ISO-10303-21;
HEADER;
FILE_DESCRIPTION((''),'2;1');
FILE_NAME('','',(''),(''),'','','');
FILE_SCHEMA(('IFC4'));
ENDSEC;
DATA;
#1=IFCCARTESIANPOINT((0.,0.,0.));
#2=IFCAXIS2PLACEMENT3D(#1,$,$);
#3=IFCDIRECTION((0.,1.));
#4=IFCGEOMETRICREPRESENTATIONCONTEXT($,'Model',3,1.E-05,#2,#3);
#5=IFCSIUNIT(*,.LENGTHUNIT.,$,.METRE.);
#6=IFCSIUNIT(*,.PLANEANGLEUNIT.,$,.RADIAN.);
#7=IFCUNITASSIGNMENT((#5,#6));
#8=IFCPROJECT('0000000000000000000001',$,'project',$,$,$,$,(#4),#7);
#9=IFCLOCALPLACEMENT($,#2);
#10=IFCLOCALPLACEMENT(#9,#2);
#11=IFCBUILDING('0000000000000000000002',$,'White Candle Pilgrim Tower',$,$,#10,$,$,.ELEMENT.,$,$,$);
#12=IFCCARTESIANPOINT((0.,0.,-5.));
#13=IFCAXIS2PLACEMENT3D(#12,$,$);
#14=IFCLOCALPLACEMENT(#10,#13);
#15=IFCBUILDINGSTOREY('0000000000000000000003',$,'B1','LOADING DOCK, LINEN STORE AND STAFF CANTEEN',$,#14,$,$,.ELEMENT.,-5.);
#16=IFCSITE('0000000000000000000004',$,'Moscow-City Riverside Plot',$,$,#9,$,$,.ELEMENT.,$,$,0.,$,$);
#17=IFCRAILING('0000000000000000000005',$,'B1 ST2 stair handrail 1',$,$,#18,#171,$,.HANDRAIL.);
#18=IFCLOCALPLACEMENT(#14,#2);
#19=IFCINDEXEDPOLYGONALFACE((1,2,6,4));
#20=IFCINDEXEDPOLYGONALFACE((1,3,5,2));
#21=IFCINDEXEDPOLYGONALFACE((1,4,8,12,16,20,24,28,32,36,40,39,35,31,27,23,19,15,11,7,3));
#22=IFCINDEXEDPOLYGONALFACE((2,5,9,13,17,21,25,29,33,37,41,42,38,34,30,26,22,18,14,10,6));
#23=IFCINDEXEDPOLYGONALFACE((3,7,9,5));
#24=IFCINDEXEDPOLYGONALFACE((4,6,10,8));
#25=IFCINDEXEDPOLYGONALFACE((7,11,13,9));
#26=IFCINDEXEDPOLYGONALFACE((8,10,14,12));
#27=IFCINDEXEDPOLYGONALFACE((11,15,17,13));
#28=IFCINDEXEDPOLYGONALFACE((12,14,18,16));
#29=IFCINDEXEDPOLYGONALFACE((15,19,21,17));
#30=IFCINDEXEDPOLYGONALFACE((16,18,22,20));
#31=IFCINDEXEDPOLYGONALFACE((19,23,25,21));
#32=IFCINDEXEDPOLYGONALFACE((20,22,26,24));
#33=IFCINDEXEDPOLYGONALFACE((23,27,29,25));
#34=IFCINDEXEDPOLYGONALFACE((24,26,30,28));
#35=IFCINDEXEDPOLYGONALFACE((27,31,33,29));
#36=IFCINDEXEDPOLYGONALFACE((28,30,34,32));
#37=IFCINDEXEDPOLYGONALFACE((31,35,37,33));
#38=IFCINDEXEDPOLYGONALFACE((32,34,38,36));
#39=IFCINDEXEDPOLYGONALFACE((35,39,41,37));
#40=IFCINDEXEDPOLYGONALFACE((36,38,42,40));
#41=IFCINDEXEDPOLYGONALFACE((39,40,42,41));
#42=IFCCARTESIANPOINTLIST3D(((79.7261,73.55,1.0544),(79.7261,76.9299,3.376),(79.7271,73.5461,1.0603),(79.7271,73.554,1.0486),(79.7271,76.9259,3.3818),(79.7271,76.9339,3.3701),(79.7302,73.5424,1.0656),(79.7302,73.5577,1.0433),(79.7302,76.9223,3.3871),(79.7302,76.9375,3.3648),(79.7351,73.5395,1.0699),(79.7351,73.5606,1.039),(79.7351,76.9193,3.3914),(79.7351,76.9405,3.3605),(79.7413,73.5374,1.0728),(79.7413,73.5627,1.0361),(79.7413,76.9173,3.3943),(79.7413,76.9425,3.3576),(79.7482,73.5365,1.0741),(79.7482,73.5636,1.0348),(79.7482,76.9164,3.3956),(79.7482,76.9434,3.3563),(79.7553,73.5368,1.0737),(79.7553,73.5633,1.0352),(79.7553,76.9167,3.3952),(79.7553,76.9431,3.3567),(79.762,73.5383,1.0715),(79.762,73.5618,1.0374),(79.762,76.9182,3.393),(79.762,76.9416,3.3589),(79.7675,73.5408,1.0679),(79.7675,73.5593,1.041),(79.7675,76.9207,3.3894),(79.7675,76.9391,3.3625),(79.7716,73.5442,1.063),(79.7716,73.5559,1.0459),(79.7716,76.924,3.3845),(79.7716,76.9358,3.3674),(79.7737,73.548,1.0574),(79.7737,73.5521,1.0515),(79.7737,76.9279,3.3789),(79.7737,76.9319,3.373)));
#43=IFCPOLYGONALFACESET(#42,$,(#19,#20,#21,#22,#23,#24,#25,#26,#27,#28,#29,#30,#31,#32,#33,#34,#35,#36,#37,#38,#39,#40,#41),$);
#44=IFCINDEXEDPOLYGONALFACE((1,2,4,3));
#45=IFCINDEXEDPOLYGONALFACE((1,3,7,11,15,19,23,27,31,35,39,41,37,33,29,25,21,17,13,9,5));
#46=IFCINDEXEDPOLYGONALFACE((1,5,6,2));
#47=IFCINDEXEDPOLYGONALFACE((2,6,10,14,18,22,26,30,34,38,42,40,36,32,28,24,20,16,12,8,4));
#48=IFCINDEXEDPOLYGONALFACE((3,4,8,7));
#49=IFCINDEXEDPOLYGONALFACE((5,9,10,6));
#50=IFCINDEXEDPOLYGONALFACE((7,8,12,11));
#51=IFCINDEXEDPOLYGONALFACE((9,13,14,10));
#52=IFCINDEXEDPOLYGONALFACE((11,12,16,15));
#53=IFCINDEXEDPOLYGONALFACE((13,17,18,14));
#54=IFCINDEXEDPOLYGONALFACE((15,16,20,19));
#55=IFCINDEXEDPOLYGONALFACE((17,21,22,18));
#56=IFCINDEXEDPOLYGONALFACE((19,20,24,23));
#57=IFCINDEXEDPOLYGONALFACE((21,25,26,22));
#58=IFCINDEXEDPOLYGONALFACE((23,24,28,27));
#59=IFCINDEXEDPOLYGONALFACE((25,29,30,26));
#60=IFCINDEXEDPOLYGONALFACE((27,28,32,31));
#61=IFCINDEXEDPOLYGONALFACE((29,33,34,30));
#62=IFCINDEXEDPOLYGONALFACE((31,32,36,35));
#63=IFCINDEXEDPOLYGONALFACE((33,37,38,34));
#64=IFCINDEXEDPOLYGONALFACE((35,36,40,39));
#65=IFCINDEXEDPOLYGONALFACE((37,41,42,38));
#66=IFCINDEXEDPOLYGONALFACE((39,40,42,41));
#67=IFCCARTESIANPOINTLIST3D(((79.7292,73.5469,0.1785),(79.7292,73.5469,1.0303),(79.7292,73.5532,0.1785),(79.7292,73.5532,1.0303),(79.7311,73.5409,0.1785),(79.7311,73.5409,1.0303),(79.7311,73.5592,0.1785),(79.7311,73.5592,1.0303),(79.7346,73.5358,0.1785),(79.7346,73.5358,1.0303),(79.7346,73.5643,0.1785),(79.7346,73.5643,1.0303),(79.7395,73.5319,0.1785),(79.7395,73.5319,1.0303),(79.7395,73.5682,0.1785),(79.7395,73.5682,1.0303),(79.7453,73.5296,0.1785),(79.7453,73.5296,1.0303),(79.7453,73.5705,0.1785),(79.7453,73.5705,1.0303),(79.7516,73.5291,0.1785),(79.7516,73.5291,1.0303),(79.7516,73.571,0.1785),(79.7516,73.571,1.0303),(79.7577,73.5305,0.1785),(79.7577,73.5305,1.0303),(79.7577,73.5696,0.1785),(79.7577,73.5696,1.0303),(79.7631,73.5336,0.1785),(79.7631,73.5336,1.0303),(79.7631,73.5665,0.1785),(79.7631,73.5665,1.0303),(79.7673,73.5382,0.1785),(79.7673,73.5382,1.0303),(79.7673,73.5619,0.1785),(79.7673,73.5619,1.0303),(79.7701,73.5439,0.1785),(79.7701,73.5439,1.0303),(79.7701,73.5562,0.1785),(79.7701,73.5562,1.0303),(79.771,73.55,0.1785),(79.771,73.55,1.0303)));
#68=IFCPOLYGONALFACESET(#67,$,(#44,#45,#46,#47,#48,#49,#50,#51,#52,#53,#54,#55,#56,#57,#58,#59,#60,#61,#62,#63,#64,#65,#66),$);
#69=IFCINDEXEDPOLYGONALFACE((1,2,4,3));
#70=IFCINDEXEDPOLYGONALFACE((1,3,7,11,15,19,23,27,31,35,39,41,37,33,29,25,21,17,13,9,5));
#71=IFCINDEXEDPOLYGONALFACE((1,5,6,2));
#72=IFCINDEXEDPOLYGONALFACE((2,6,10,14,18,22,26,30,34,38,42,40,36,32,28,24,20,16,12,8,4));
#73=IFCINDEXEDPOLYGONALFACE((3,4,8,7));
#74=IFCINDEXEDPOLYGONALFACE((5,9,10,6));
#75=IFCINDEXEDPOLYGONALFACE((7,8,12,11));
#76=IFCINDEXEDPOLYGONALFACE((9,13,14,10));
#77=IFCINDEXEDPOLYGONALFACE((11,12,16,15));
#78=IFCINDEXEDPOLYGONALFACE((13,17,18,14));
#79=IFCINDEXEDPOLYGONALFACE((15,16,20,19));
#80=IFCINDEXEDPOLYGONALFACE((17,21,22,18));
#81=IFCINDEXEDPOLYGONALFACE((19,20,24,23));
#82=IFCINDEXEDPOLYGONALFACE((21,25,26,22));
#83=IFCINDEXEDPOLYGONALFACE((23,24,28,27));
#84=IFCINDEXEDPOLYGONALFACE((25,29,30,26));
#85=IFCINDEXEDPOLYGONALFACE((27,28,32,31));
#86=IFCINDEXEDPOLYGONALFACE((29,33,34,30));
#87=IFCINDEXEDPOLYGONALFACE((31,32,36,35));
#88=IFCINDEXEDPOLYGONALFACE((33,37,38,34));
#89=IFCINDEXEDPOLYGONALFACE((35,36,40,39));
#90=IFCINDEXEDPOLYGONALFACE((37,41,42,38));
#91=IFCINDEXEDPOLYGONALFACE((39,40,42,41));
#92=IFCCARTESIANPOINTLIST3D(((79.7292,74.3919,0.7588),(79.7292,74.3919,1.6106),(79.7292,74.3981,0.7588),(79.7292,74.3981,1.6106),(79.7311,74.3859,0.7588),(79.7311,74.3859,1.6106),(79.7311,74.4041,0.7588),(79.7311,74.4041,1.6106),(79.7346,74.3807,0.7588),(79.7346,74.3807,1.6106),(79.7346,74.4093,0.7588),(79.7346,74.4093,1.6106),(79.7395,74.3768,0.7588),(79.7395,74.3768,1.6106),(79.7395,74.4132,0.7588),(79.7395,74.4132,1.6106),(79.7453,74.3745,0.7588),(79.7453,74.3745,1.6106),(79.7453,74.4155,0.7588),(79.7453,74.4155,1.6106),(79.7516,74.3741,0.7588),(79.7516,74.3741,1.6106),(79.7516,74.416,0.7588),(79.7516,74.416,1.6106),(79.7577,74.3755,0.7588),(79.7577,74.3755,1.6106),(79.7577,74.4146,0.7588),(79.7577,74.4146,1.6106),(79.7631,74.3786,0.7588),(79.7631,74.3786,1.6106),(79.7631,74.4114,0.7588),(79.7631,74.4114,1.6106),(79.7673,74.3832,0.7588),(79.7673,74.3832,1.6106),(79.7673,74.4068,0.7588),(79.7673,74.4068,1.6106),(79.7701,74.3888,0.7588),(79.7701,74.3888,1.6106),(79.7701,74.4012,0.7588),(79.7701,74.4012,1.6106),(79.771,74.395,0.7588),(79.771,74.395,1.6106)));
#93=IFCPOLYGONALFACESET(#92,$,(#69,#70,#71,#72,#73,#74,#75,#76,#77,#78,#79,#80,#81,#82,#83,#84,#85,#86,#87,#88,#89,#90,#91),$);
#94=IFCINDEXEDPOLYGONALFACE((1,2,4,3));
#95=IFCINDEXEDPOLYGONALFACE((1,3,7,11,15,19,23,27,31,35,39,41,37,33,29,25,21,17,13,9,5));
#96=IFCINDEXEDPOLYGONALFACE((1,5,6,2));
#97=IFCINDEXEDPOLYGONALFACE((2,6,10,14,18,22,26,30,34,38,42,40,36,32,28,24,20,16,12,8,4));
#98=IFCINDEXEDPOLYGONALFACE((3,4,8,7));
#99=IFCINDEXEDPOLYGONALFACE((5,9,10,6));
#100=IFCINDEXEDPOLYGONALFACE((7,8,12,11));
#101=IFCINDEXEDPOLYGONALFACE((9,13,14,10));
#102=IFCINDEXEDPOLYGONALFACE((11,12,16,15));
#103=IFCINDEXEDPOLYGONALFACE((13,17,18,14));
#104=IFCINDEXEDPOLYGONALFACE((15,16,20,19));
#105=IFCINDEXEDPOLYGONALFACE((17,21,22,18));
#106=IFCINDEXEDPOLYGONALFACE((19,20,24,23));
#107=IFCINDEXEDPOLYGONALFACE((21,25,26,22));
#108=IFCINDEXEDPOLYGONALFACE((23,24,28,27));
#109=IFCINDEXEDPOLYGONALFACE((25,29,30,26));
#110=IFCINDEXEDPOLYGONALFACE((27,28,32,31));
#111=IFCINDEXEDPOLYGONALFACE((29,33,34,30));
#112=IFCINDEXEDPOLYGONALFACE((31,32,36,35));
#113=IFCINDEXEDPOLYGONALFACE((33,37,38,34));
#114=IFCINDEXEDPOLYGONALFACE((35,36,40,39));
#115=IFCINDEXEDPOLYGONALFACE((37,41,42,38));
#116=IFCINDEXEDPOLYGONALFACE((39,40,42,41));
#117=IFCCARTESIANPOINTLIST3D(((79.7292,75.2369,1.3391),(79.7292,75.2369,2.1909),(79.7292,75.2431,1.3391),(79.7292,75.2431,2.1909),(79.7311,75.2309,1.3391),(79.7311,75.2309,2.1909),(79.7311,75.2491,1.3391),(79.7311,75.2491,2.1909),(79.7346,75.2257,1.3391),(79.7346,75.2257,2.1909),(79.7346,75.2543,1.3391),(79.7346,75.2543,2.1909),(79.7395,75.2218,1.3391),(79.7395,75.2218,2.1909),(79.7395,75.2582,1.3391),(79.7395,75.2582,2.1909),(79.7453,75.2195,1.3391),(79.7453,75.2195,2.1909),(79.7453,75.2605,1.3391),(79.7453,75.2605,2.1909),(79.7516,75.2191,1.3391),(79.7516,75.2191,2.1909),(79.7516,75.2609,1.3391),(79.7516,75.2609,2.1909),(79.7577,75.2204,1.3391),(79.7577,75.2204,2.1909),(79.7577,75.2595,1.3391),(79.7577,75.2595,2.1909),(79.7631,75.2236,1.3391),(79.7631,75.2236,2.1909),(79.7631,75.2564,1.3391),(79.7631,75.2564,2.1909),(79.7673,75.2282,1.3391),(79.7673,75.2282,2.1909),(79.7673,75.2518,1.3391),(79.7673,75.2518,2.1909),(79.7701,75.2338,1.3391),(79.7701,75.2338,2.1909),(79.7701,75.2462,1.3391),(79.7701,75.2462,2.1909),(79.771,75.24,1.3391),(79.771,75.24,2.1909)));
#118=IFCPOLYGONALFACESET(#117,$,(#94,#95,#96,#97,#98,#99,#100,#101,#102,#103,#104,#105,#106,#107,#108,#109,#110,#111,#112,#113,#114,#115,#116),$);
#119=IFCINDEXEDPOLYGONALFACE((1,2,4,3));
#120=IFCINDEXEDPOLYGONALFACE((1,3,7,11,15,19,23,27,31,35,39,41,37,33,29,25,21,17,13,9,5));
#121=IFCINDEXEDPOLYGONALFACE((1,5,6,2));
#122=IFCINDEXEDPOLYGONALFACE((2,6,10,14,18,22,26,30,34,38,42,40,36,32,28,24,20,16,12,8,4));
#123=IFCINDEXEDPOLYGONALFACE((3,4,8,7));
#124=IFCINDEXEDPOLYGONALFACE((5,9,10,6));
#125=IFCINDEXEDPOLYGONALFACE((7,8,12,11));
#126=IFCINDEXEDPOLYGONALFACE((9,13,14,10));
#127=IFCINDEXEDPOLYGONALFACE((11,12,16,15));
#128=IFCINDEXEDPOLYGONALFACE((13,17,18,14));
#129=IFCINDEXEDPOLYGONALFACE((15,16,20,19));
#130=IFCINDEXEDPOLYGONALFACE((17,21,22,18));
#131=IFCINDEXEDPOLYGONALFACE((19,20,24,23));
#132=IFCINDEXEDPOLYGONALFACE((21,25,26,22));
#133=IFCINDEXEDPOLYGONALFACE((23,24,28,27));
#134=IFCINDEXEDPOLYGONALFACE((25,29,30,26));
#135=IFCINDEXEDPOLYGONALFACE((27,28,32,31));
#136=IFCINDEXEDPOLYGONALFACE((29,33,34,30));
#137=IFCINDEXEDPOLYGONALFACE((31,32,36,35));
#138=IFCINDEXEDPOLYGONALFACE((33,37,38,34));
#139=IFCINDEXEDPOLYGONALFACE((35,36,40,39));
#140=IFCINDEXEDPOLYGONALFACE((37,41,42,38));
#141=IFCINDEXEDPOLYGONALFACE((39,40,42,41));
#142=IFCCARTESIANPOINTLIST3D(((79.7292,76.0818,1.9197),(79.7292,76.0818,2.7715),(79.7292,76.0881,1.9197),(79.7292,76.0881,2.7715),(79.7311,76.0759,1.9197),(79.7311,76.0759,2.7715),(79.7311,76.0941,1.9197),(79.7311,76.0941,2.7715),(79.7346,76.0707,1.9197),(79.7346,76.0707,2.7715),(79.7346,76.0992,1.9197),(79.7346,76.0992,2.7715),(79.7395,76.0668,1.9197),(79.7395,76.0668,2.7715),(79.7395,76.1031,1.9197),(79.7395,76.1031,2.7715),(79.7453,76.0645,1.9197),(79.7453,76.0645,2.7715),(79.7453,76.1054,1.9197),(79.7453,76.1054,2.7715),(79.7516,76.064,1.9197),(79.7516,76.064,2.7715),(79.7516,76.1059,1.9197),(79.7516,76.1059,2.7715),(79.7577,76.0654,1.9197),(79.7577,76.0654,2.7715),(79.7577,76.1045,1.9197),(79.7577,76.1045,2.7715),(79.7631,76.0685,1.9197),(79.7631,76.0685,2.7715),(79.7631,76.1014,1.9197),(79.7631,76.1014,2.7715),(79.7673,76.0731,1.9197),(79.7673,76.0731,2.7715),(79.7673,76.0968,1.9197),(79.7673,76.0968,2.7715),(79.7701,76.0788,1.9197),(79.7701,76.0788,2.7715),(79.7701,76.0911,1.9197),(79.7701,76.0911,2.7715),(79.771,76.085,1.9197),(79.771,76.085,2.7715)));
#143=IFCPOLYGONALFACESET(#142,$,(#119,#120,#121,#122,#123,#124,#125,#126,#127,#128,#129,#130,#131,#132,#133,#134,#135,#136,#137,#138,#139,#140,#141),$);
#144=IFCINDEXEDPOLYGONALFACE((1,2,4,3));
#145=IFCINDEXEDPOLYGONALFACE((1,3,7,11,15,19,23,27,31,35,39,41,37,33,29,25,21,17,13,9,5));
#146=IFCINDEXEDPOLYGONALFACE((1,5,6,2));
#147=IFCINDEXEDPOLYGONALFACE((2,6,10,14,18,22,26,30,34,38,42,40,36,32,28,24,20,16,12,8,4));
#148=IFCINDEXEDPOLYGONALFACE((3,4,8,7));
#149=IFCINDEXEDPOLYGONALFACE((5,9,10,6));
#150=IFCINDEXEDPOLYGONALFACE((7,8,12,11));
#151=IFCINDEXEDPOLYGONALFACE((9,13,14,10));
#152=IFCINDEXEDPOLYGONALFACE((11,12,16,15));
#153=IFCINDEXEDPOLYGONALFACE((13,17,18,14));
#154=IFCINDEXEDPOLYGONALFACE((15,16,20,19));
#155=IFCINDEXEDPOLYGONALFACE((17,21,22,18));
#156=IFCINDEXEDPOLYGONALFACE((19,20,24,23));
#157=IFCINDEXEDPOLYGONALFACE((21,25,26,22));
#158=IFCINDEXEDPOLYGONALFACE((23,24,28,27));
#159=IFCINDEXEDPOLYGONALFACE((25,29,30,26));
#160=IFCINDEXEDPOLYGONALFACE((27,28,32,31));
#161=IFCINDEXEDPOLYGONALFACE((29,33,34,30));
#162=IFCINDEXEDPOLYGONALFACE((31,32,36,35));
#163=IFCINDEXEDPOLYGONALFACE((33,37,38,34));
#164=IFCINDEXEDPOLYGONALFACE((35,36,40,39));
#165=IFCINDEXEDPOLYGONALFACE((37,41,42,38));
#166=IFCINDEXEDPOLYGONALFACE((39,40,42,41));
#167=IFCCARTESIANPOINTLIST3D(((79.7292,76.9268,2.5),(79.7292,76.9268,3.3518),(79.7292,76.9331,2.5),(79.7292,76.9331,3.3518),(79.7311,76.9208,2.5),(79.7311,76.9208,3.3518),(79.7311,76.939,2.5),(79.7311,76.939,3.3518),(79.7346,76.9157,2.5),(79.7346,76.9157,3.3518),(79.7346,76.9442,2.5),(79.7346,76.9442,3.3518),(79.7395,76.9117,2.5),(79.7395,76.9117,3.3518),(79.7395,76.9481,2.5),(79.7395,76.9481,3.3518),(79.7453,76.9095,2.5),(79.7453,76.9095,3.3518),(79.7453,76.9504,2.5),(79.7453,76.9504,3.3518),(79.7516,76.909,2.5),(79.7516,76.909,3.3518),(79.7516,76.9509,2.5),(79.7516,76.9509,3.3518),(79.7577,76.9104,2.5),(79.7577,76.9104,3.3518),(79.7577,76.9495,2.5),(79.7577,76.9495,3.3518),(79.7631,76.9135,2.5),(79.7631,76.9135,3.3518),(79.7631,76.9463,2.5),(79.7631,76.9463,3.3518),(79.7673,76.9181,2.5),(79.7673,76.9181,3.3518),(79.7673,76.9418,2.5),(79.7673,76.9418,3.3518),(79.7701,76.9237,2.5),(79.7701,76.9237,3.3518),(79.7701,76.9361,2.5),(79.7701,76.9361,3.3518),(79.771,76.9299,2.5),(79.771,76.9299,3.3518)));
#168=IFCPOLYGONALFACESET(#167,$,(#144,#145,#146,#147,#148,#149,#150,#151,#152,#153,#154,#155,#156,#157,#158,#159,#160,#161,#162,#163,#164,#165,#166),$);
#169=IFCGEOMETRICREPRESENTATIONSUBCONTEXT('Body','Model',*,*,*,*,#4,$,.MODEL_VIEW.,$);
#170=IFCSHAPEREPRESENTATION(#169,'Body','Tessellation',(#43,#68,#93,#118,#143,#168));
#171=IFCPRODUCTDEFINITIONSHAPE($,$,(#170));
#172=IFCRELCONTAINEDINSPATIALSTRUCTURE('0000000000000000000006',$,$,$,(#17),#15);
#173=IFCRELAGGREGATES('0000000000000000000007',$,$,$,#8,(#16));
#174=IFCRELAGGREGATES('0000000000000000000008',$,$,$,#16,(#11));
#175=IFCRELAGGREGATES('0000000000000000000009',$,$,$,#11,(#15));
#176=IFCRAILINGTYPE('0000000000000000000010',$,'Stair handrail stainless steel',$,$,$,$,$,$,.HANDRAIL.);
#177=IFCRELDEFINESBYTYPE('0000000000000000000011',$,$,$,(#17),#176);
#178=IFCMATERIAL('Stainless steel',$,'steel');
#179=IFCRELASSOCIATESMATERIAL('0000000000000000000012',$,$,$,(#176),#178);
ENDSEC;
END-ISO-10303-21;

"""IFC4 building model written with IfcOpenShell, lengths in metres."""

from ifc_helpers import new_model, si_unit, direction, frame, origin, origin_2d, place, context, subcontext, project, spatial, circle, extrude, material, type_object, element, save


model = new_model("IFC4")

# Units and contexts
model_context = context("Model", 3, precision=1e-05, world=origin(), true_north=direction((0.0, 1.0)))
body_context = subcontext(model_context, "Body", "Model", "MODEL_VIEW")
ifc_project = project(units=[si_unit("LENGTHUNIT", "METRE"), si_unit("PLANEANGLEUNIT", "RADIAN")], contexts=[model_context])

# Site, building, storey
site_placement = place(None, origin())
site = spatial("IfcSite", under=ifc_project, at=site_placement, Name="Moscow-City Riverside Plot", CompositionType="ELEMENT", RefElevation=0.0)
building_placement = place(site_placement, origin())
building = spatial("IfcBuilding", under=site, at=building_placement, Name="White Candle Pilgrim Tower", CompositionType="ELEMENT")
storey_placement = place(building_placement, frame((0.0, 0.0, -5.0)))
storey = spatial("IfcBuildingStorey", under=building, at=storey_placement, Name="B1", Description="LOADING DOCK, LINEN STORE AND STAFF CANTEEN", CompositionType="ELEMENT", Elevation=-5.0)

# Railing
ifc_material_1 = material(Name="Stainless steel", Category="steel")
railing_type_1 = type_object("IfcRailingType", Name="Stair handrail stainless steel", PredefinedType="HANDRAIL", material=ifc_material_1)
railing_1_placement = place(storey_placement, frame((79.75, 73.55, 0.1785)))
element("IfcRailing", 1, at=railing_1_placement, inside=storey, type_object=railing_type_1, Name="B1 ST2 stair handrail 1", PredefinedType="HANDRAIL", context=body_context, shape_type="SweptSolid", body=[
    extrude(circle(Radius=0.0239, at=origin_2d()), frame((0.0, 0.0, 0.876), z_axis=(0.0, 0.824285, 0.566175), x_axis=(-1.0, 0.0, 0.0)), (0.0, 0.0, 1.0), 4.1003),
    extrude(circle(Radius=0.021, at=origin_2d()), origin(), (0.0, 0.0, 1.0), 0.8518),
    extrude(circle(Radius=0.021, at=origin_2d()), frame((0.0, 0.845, 0.5803)), (0.0, 0.0, 1.0), 0.8518),
    extrude(circle(Radius=0.021, at=origin_2d()), frame((0.0, 1.6899, 1.1606)), (0.0, 0.0, 1.0), 0.8518),
    extrude(circle(Radius=0.021, at=origin_2d()), frame((0.0, 2.5349, 1.7412)), (0.0, 0.0, 1.0), 0.8518),
    extrude(circle(Radius=0.021, at=origin_2d()), frame((0.0, 3.3799, 2.3215)), (0.0, 0.0, 1.0), 0.8518),
])

save(model, "model.ifc")
